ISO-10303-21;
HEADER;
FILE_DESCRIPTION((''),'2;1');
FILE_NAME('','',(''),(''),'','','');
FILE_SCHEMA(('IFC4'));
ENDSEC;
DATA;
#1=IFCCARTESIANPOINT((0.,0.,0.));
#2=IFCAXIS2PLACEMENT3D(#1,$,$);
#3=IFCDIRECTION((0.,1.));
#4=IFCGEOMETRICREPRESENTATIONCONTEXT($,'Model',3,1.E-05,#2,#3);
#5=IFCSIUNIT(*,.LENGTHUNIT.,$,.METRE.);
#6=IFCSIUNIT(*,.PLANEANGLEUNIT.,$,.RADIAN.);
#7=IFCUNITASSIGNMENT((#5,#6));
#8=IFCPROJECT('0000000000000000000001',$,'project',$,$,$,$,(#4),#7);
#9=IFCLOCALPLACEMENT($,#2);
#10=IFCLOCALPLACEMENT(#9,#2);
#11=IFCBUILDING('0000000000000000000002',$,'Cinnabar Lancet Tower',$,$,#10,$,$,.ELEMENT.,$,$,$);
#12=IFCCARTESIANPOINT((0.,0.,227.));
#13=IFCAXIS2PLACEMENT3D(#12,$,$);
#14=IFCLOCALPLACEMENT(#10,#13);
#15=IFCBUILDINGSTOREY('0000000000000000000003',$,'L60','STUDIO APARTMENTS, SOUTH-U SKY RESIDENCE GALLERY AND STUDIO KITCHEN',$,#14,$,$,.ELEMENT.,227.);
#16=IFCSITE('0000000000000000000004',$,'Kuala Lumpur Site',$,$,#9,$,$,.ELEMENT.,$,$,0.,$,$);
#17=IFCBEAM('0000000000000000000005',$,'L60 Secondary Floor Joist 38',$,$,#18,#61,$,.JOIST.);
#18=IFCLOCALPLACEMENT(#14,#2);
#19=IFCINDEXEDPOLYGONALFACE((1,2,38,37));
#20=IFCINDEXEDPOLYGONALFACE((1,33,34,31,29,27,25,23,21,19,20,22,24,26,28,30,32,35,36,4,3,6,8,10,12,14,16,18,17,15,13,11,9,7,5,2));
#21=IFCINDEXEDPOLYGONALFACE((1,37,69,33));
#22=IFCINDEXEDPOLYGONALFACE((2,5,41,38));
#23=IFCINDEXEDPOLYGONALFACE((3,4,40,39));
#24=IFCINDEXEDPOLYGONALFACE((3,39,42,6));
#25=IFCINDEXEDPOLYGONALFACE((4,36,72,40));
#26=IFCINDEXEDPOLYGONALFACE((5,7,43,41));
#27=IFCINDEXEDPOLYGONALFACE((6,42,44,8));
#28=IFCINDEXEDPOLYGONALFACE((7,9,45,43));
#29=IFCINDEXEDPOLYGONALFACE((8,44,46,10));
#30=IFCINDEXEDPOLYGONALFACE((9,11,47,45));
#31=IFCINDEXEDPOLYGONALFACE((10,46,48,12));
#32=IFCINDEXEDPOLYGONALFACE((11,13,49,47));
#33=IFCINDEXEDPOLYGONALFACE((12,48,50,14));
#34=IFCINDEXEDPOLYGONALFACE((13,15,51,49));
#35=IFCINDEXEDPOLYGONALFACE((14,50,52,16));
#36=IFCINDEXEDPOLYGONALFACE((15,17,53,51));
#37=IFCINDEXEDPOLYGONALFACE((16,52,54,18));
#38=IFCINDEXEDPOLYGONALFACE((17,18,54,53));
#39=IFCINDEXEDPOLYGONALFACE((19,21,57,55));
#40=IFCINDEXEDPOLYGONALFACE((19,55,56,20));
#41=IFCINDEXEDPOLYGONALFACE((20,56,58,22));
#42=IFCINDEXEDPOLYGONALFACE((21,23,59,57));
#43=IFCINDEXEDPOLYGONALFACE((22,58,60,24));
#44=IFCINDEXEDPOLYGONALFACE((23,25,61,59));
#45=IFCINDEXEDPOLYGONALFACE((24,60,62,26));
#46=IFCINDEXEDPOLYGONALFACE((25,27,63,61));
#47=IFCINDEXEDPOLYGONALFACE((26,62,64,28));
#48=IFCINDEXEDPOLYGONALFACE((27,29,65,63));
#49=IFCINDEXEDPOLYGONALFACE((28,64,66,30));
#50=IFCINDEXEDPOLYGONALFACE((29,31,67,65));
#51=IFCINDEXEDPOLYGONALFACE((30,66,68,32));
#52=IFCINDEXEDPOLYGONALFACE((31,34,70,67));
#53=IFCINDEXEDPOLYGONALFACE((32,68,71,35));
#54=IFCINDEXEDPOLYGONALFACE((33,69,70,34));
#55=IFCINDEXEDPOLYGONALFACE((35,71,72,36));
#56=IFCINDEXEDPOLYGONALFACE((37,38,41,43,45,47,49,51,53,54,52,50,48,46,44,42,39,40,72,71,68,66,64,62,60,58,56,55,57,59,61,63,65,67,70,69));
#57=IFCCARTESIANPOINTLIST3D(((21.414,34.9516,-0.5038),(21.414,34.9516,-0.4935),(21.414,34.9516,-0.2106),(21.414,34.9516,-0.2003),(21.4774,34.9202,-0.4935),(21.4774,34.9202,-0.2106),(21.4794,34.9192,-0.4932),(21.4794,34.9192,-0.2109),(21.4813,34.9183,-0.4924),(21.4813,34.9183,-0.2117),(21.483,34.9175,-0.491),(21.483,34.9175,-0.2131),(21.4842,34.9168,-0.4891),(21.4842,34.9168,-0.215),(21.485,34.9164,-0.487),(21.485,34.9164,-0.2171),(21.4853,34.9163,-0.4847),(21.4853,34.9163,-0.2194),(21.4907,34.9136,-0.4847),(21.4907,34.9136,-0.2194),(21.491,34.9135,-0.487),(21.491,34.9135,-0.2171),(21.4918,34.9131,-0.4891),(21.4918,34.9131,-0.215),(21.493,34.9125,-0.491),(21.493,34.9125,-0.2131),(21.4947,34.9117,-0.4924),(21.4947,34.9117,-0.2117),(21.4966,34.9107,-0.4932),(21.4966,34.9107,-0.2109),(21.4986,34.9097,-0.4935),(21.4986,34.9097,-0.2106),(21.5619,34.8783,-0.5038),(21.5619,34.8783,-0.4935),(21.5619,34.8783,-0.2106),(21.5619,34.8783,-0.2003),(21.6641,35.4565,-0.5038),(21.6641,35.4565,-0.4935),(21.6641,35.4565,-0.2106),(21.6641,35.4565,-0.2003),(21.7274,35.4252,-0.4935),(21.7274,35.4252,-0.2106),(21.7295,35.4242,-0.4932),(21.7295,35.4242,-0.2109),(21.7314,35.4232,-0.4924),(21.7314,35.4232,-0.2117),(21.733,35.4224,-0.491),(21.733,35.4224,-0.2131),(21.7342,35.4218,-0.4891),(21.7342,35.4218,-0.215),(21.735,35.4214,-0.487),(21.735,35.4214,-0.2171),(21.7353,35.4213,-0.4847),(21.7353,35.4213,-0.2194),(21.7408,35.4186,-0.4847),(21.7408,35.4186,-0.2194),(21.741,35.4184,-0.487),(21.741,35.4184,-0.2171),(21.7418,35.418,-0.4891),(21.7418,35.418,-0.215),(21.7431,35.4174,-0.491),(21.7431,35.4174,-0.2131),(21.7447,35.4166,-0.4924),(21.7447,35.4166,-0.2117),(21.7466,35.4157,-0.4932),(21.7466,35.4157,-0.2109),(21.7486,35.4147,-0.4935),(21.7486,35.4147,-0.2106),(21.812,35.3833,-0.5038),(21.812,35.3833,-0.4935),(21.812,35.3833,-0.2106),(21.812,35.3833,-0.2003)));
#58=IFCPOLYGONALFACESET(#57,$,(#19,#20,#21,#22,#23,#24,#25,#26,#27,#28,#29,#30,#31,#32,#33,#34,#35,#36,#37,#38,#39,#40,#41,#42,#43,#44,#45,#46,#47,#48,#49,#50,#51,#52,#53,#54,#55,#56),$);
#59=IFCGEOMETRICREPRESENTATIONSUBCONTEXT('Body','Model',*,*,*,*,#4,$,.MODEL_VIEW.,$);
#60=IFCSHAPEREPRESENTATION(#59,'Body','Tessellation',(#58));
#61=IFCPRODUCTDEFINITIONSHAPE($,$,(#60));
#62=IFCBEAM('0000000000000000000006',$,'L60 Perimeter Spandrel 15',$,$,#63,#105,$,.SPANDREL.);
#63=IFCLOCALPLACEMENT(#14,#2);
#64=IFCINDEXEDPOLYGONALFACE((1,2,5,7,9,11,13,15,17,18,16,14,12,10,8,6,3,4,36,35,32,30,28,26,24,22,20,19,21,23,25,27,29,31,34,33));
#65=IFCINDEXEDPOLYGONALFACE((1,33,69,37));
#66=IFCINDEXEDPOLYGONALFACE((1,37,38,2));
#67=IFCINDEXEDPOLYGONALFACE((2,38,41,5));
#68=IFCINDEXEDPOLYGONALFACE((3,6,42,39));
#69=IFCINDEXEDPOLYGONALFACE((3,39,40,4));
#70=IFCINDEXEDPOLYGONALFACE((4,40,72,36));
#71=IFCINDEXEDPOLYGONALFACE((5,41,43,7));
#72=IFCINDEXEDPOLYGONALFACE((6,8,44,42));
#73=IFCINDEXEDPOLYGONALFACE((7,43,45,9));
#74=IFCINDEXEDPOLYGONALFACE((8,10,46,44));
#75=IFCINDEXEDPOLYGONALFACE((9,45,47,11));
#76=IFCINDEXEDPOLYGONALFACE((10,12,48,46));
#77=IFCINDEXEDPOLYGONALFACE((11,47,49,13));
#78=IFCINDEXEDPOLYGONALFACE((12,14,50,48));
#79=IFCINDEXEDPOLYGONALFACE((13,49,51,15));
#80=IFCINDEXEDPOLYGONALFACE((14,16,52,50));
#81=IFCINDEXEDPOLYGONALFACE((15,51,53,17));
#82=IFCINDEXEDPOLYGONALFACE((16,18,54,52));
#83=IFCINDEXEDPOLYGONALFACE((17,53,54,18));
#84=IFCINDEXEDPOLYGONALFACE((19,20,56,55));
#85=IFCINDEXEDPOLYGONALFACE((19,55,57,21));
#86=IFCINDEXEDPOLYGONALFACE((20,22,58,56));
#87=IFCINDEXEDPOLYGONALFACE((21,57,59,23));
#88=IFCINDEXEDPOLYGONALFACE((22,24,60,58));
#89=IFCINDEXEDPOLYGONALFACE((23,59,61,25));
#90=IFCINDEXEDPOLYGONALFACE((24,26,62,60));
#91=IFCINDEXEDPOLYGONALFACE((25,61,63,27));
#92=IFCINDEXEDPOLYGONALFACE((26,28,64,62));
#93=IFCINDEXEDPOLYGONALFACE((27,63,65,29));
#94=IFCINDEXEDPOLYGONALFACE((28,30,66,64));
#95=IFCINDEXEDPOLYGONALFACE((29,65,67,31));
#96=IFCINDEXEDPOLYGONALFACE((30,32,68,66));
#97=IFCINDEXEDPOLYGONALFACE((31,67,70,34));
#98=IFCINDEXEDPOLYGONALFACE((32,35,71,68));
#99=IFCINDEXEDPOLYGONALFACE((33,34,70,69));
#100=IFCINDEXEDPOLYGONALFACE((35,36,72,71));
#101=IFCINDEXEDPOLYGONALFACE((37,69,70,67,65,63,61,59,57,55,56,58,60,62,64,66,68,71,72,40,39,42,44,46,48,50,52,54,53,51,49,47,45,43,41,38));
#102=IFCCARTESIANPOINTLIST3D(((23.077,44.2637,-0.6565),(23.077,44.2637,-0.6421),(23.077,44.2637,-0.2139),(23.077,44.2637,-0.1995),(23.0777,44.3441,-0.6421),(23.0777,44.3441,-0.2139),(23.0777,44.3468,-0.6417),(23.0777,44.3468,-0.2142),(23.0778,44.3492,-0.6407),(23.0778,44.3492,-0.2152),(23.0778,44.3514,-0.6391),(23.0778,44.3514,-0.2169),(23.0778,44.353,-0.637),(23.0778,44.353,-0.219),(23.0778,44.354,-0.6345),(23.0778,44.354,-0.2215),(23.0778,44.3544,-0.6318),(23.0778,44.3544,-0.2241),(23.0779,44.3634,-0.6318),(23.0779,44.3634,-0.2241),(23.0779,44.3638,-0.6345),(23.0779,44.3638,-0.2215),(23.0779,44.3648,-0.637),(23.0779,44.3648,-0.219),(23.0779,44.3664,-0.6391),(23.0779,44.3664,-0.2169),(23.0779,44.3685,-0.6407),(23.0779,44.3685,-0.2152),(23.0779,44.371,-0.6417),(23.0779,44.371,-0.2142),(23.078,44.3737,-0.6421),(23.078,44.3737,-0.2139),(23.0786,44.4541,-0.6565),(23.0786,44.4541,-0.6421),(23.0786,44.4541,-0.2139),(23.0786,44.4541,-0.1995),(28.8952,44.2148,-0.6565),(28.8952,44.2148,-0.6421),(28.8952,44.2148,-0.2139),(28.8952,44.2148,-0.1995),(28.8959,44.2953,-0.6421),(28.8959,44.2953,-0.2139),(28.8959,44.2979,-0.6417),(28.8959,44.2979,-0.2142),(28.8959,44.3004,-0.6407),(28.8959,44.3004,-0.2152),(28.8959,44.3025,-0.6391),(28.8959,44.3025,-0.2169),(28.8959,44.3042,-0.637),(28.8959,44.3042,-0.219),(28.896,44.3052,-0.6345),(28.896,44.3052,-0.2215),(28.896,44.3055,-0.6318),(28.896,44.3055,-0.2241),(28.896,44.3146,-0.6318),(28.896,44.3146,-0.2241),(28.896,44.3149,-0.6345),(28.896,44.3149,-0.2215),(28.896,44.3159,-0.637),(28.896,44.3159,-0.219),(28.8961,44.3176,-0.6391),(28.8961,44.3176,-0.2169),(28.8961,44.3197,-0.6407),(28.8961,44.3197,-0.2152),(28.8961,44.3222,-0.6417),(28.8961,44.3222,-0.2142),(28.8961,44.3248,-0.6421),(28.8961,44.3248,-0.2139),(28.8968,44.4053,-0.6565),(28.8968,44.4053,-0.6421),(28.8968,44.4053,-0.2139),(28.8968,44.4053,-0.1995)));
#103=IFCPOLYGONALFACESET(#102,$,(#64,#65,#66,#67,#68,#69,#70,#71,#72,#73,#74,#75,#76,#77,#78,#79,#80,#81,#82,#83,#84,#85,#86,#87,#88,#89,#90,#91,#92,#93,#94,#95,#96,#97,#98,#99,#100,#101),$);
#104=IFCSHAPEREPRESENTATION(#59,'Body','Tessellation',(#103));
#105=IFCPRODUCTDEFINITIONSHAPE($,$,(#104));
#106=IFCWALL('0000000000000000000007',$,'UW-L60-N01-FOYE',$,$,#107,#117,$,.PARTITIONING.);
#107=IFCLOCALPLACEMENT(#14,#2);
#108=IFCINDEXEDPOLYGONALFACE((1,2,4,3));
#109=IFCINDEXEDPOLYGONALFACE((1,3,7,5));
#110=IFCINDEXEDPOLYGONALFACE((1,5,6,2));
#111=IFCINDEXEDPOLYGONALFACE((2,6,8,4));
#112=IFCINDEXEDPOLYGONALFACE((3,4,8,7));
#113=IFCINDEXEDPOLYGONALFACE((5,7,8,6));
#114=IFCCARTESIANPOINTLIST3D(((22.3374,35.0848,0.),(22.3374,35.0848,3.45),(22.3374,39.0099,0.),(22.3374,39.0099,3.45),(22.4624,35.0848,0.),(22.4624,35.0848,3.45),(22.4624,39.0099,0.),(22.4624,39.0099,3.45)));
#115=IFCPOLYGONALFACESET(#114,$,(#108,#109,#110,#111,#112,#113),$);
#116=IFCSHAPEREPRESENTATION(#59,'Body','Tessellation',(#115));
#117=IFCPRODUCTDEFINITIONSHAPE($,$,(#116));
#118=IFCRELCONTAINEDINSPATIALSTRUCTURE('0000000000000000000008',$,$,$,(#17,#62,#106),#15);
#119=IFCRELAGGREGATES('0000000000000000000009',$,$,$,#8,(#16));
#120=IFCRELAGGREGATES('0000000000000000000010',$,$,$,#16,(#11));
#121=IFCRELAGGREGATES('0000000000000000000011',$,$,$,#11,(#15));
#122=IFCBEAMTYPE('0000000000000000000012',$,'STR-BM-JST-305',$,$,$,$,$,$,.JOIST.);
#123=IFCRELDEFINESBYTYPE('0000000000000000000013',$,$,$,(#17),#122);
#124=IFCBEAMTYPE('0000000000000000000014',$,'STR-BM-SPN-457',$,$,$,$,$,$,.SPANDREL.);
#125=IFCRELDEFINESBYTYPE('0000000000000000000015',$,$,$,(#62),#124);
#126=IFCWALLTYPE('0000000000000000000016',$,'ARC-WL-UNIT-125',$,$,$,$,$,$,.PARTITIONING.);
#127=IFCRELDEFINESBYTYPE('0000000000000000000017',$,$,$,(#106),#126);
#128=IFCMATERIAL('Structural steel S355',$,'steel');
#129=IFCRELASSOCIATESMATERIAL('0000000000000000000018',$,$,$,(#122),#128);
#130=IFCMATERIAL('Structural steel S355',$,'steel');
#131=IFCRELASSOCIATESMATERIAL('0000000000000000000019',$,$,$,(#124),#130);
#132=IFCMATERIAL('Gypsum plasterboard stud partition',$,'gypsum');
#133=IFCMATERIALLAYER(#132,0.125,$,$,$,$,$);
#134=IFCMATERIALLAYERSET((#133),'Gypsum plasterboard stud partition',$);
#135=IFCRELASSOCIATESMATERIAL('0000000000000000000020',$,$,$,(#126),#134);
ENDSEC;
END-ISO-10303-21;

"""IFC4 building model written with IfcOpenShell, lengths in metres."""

from ifc_helpers import new_model, si_unit, direction, frame, frame_2d, origin, origin_2d, place, context, subcontext, project, spatial, rectangle, i_section, extrude, material, layer, layer_set, material_profile, profile_set, type_object, element, save


model = new_model("IFC4")

# Units and contexts
model_context = context("Model", 3, precision=1e-05, world=origin(), true_north=direction((0.0, 1.0)))
body_context = subcontext(model_context, "Body", "Model", "MODEL_VIEW")
ifc_project = project(units=[si_unit("LENGTHUNIT", "METRE"), si_unit("PLANEANGLEUNIT", "RADIAN")], contexts=[model_context])

# Site, building, storey
site_placement = place(None, origin())
site = spatial("IfcSite", under=ifc_project, at=site_placement, Name="Kuala Lumpur Site", CompositionType="ELEMENT", RefElevation=0.0)
building_placement = place(site_placement, origin())
building = spatial("IfcBuilding", under=site, at=building_placement, Name="Cinnabar Lancet Tower", CompositionType="ELEMENT")
storey_placement = place(building_placement, frame((0.0, 0.0, 227.0)))
storey = spatial("IfcBuildingStorey", under=building, at=storey_placement, Name="L60", Description="STUDIO APARTMENTS, SOUTH-U SKY RESIDENCE GALLERY AND STUDIO KITCHEN", CompositionType="ELEMENT", Elevation=227.0)

# Beams
ifc_material_1 = material(Name="Structural steel S355", Category="steel")
ifc_material_profile_1 = material_profile(ifc_material_1, i_section(OverallWidth=0.165, OverallDepth=0.3035, WebThickness=0.0061, FlangeThickness=0.0103, FilletRadius=0.0088, at=origin_2d()), Name="UKB 305x165x40")
ifc_profile_set_1 = profile_set([ifc_material_profile_1], Name="Structural steel S355")
beam_type_1 = type_object("IfcBeamType", Name="STR-BM-JST-305", PredefinedType="JOIST", material=ifc_profile_set_1)
beam_1_placement = place(storey_placement, frame((21.738, 35.4199, -0.3521), z_axis=(-0.443743, -0.896154, 0.0), x_axis=(0.896154, -0.443743, 0.0)))
element("IfcBeam", 1, at=beam_1_placement, inside=storey, type_object=beam_type_1, Name="L60 Secondary Floor Joist 38", PredefinedType="JOIST", context=body_context, shape_type="SweptSolid", body=[
    extrude(i_section(OverallWidth=0.165, OverallDepth=0.3035, WebThickness=0.0061, FlangeThickness=0.0103, FilletRadius=0.0088, at=origin_2d()), origin(), (0.0, 0.0, 1.0), 0.5635),
])
ifc_material_2 = material(Name="Structural steel S355", Category="steel")
ifc_material_profile_2 = material_profile(ifc_material_2, i_section(OverallWidth=0.1904, OverallDepth=0.457, WebThickness=0.009, FlangeThickness=0.0144, FilletRadius=0.0103, at=origin_2d()), Name="UKB 457x191x74")
ifc_profile_set_2 = profile_set([ifc_material_profile_2], Name="Structural steel S355")
beam_type_2 = type_object("IfcBeamType", Name="STR-BM-SPN-457", PredefinedType="SPANDREL", material=ifc_profile_set_2)
beam_2_placement = place(storey_placement, frame((28.896, 44.3101, -0.428), z_axis=(-0.999965, 0.008392, 0.0), x_axis=(-0.008392, -0.999965, 0.0)))
element("IfcBeam", 2, at=beam_2_placement, inside=storey, type_object=beam_type_2, Name="L60 Perimeter Spandrel 15", PredefinedType="SPANDREL", context=body_context, shape_type="SweptSolid", body=[
    extrude(i_section(OverallWidth=0.1904, OverallDepth=0.457, WebThickness=0.009, FlangeThickness=0.0144, FilletRadius=0.0103, at=origin_2d()), origin(), (0.0, 0.0, 1.0), 5.8184),
])

# Wall
ifc_material_3 = material(Name="Gypsum plasterboard stud partition", Category="gypsum")
ifc_layer_1 = layer(ifc_material_3, 0.125)
ifc_layer_set_1 = layer_set([ifc_layer_1], Name="Gypsum plasterboard stud partition")
wall_type_1 = type_object("IfcWallType", Name="ARC-WL-UNIT-125", PredefinedType="PARTITIONING", material=ifc_layer_set_1)
wall_1_placement = place(storey_placement, frame((22.3999, 35.085, 0.0), z_axis=(0.0, 0.0, 1.0), x_axis=(0.0, 1.0, 0.0)))
element("IfcWall", 3, at=wall_1_placement, inside=storey, type_object=wall_type_1, Name="UW-L60-N01-FOYE", PredefinedType="PARTITIONING", context=body_context, shape_type="SweptSolid", body=[
    extrude(rectangle(XDim=3.925, YDim=0.125, at=frame_2d((1.9624, 0.0))), origin(), (0.0, 0.0, 1.0), 3.45),
])

save(model, "model.ifc")
